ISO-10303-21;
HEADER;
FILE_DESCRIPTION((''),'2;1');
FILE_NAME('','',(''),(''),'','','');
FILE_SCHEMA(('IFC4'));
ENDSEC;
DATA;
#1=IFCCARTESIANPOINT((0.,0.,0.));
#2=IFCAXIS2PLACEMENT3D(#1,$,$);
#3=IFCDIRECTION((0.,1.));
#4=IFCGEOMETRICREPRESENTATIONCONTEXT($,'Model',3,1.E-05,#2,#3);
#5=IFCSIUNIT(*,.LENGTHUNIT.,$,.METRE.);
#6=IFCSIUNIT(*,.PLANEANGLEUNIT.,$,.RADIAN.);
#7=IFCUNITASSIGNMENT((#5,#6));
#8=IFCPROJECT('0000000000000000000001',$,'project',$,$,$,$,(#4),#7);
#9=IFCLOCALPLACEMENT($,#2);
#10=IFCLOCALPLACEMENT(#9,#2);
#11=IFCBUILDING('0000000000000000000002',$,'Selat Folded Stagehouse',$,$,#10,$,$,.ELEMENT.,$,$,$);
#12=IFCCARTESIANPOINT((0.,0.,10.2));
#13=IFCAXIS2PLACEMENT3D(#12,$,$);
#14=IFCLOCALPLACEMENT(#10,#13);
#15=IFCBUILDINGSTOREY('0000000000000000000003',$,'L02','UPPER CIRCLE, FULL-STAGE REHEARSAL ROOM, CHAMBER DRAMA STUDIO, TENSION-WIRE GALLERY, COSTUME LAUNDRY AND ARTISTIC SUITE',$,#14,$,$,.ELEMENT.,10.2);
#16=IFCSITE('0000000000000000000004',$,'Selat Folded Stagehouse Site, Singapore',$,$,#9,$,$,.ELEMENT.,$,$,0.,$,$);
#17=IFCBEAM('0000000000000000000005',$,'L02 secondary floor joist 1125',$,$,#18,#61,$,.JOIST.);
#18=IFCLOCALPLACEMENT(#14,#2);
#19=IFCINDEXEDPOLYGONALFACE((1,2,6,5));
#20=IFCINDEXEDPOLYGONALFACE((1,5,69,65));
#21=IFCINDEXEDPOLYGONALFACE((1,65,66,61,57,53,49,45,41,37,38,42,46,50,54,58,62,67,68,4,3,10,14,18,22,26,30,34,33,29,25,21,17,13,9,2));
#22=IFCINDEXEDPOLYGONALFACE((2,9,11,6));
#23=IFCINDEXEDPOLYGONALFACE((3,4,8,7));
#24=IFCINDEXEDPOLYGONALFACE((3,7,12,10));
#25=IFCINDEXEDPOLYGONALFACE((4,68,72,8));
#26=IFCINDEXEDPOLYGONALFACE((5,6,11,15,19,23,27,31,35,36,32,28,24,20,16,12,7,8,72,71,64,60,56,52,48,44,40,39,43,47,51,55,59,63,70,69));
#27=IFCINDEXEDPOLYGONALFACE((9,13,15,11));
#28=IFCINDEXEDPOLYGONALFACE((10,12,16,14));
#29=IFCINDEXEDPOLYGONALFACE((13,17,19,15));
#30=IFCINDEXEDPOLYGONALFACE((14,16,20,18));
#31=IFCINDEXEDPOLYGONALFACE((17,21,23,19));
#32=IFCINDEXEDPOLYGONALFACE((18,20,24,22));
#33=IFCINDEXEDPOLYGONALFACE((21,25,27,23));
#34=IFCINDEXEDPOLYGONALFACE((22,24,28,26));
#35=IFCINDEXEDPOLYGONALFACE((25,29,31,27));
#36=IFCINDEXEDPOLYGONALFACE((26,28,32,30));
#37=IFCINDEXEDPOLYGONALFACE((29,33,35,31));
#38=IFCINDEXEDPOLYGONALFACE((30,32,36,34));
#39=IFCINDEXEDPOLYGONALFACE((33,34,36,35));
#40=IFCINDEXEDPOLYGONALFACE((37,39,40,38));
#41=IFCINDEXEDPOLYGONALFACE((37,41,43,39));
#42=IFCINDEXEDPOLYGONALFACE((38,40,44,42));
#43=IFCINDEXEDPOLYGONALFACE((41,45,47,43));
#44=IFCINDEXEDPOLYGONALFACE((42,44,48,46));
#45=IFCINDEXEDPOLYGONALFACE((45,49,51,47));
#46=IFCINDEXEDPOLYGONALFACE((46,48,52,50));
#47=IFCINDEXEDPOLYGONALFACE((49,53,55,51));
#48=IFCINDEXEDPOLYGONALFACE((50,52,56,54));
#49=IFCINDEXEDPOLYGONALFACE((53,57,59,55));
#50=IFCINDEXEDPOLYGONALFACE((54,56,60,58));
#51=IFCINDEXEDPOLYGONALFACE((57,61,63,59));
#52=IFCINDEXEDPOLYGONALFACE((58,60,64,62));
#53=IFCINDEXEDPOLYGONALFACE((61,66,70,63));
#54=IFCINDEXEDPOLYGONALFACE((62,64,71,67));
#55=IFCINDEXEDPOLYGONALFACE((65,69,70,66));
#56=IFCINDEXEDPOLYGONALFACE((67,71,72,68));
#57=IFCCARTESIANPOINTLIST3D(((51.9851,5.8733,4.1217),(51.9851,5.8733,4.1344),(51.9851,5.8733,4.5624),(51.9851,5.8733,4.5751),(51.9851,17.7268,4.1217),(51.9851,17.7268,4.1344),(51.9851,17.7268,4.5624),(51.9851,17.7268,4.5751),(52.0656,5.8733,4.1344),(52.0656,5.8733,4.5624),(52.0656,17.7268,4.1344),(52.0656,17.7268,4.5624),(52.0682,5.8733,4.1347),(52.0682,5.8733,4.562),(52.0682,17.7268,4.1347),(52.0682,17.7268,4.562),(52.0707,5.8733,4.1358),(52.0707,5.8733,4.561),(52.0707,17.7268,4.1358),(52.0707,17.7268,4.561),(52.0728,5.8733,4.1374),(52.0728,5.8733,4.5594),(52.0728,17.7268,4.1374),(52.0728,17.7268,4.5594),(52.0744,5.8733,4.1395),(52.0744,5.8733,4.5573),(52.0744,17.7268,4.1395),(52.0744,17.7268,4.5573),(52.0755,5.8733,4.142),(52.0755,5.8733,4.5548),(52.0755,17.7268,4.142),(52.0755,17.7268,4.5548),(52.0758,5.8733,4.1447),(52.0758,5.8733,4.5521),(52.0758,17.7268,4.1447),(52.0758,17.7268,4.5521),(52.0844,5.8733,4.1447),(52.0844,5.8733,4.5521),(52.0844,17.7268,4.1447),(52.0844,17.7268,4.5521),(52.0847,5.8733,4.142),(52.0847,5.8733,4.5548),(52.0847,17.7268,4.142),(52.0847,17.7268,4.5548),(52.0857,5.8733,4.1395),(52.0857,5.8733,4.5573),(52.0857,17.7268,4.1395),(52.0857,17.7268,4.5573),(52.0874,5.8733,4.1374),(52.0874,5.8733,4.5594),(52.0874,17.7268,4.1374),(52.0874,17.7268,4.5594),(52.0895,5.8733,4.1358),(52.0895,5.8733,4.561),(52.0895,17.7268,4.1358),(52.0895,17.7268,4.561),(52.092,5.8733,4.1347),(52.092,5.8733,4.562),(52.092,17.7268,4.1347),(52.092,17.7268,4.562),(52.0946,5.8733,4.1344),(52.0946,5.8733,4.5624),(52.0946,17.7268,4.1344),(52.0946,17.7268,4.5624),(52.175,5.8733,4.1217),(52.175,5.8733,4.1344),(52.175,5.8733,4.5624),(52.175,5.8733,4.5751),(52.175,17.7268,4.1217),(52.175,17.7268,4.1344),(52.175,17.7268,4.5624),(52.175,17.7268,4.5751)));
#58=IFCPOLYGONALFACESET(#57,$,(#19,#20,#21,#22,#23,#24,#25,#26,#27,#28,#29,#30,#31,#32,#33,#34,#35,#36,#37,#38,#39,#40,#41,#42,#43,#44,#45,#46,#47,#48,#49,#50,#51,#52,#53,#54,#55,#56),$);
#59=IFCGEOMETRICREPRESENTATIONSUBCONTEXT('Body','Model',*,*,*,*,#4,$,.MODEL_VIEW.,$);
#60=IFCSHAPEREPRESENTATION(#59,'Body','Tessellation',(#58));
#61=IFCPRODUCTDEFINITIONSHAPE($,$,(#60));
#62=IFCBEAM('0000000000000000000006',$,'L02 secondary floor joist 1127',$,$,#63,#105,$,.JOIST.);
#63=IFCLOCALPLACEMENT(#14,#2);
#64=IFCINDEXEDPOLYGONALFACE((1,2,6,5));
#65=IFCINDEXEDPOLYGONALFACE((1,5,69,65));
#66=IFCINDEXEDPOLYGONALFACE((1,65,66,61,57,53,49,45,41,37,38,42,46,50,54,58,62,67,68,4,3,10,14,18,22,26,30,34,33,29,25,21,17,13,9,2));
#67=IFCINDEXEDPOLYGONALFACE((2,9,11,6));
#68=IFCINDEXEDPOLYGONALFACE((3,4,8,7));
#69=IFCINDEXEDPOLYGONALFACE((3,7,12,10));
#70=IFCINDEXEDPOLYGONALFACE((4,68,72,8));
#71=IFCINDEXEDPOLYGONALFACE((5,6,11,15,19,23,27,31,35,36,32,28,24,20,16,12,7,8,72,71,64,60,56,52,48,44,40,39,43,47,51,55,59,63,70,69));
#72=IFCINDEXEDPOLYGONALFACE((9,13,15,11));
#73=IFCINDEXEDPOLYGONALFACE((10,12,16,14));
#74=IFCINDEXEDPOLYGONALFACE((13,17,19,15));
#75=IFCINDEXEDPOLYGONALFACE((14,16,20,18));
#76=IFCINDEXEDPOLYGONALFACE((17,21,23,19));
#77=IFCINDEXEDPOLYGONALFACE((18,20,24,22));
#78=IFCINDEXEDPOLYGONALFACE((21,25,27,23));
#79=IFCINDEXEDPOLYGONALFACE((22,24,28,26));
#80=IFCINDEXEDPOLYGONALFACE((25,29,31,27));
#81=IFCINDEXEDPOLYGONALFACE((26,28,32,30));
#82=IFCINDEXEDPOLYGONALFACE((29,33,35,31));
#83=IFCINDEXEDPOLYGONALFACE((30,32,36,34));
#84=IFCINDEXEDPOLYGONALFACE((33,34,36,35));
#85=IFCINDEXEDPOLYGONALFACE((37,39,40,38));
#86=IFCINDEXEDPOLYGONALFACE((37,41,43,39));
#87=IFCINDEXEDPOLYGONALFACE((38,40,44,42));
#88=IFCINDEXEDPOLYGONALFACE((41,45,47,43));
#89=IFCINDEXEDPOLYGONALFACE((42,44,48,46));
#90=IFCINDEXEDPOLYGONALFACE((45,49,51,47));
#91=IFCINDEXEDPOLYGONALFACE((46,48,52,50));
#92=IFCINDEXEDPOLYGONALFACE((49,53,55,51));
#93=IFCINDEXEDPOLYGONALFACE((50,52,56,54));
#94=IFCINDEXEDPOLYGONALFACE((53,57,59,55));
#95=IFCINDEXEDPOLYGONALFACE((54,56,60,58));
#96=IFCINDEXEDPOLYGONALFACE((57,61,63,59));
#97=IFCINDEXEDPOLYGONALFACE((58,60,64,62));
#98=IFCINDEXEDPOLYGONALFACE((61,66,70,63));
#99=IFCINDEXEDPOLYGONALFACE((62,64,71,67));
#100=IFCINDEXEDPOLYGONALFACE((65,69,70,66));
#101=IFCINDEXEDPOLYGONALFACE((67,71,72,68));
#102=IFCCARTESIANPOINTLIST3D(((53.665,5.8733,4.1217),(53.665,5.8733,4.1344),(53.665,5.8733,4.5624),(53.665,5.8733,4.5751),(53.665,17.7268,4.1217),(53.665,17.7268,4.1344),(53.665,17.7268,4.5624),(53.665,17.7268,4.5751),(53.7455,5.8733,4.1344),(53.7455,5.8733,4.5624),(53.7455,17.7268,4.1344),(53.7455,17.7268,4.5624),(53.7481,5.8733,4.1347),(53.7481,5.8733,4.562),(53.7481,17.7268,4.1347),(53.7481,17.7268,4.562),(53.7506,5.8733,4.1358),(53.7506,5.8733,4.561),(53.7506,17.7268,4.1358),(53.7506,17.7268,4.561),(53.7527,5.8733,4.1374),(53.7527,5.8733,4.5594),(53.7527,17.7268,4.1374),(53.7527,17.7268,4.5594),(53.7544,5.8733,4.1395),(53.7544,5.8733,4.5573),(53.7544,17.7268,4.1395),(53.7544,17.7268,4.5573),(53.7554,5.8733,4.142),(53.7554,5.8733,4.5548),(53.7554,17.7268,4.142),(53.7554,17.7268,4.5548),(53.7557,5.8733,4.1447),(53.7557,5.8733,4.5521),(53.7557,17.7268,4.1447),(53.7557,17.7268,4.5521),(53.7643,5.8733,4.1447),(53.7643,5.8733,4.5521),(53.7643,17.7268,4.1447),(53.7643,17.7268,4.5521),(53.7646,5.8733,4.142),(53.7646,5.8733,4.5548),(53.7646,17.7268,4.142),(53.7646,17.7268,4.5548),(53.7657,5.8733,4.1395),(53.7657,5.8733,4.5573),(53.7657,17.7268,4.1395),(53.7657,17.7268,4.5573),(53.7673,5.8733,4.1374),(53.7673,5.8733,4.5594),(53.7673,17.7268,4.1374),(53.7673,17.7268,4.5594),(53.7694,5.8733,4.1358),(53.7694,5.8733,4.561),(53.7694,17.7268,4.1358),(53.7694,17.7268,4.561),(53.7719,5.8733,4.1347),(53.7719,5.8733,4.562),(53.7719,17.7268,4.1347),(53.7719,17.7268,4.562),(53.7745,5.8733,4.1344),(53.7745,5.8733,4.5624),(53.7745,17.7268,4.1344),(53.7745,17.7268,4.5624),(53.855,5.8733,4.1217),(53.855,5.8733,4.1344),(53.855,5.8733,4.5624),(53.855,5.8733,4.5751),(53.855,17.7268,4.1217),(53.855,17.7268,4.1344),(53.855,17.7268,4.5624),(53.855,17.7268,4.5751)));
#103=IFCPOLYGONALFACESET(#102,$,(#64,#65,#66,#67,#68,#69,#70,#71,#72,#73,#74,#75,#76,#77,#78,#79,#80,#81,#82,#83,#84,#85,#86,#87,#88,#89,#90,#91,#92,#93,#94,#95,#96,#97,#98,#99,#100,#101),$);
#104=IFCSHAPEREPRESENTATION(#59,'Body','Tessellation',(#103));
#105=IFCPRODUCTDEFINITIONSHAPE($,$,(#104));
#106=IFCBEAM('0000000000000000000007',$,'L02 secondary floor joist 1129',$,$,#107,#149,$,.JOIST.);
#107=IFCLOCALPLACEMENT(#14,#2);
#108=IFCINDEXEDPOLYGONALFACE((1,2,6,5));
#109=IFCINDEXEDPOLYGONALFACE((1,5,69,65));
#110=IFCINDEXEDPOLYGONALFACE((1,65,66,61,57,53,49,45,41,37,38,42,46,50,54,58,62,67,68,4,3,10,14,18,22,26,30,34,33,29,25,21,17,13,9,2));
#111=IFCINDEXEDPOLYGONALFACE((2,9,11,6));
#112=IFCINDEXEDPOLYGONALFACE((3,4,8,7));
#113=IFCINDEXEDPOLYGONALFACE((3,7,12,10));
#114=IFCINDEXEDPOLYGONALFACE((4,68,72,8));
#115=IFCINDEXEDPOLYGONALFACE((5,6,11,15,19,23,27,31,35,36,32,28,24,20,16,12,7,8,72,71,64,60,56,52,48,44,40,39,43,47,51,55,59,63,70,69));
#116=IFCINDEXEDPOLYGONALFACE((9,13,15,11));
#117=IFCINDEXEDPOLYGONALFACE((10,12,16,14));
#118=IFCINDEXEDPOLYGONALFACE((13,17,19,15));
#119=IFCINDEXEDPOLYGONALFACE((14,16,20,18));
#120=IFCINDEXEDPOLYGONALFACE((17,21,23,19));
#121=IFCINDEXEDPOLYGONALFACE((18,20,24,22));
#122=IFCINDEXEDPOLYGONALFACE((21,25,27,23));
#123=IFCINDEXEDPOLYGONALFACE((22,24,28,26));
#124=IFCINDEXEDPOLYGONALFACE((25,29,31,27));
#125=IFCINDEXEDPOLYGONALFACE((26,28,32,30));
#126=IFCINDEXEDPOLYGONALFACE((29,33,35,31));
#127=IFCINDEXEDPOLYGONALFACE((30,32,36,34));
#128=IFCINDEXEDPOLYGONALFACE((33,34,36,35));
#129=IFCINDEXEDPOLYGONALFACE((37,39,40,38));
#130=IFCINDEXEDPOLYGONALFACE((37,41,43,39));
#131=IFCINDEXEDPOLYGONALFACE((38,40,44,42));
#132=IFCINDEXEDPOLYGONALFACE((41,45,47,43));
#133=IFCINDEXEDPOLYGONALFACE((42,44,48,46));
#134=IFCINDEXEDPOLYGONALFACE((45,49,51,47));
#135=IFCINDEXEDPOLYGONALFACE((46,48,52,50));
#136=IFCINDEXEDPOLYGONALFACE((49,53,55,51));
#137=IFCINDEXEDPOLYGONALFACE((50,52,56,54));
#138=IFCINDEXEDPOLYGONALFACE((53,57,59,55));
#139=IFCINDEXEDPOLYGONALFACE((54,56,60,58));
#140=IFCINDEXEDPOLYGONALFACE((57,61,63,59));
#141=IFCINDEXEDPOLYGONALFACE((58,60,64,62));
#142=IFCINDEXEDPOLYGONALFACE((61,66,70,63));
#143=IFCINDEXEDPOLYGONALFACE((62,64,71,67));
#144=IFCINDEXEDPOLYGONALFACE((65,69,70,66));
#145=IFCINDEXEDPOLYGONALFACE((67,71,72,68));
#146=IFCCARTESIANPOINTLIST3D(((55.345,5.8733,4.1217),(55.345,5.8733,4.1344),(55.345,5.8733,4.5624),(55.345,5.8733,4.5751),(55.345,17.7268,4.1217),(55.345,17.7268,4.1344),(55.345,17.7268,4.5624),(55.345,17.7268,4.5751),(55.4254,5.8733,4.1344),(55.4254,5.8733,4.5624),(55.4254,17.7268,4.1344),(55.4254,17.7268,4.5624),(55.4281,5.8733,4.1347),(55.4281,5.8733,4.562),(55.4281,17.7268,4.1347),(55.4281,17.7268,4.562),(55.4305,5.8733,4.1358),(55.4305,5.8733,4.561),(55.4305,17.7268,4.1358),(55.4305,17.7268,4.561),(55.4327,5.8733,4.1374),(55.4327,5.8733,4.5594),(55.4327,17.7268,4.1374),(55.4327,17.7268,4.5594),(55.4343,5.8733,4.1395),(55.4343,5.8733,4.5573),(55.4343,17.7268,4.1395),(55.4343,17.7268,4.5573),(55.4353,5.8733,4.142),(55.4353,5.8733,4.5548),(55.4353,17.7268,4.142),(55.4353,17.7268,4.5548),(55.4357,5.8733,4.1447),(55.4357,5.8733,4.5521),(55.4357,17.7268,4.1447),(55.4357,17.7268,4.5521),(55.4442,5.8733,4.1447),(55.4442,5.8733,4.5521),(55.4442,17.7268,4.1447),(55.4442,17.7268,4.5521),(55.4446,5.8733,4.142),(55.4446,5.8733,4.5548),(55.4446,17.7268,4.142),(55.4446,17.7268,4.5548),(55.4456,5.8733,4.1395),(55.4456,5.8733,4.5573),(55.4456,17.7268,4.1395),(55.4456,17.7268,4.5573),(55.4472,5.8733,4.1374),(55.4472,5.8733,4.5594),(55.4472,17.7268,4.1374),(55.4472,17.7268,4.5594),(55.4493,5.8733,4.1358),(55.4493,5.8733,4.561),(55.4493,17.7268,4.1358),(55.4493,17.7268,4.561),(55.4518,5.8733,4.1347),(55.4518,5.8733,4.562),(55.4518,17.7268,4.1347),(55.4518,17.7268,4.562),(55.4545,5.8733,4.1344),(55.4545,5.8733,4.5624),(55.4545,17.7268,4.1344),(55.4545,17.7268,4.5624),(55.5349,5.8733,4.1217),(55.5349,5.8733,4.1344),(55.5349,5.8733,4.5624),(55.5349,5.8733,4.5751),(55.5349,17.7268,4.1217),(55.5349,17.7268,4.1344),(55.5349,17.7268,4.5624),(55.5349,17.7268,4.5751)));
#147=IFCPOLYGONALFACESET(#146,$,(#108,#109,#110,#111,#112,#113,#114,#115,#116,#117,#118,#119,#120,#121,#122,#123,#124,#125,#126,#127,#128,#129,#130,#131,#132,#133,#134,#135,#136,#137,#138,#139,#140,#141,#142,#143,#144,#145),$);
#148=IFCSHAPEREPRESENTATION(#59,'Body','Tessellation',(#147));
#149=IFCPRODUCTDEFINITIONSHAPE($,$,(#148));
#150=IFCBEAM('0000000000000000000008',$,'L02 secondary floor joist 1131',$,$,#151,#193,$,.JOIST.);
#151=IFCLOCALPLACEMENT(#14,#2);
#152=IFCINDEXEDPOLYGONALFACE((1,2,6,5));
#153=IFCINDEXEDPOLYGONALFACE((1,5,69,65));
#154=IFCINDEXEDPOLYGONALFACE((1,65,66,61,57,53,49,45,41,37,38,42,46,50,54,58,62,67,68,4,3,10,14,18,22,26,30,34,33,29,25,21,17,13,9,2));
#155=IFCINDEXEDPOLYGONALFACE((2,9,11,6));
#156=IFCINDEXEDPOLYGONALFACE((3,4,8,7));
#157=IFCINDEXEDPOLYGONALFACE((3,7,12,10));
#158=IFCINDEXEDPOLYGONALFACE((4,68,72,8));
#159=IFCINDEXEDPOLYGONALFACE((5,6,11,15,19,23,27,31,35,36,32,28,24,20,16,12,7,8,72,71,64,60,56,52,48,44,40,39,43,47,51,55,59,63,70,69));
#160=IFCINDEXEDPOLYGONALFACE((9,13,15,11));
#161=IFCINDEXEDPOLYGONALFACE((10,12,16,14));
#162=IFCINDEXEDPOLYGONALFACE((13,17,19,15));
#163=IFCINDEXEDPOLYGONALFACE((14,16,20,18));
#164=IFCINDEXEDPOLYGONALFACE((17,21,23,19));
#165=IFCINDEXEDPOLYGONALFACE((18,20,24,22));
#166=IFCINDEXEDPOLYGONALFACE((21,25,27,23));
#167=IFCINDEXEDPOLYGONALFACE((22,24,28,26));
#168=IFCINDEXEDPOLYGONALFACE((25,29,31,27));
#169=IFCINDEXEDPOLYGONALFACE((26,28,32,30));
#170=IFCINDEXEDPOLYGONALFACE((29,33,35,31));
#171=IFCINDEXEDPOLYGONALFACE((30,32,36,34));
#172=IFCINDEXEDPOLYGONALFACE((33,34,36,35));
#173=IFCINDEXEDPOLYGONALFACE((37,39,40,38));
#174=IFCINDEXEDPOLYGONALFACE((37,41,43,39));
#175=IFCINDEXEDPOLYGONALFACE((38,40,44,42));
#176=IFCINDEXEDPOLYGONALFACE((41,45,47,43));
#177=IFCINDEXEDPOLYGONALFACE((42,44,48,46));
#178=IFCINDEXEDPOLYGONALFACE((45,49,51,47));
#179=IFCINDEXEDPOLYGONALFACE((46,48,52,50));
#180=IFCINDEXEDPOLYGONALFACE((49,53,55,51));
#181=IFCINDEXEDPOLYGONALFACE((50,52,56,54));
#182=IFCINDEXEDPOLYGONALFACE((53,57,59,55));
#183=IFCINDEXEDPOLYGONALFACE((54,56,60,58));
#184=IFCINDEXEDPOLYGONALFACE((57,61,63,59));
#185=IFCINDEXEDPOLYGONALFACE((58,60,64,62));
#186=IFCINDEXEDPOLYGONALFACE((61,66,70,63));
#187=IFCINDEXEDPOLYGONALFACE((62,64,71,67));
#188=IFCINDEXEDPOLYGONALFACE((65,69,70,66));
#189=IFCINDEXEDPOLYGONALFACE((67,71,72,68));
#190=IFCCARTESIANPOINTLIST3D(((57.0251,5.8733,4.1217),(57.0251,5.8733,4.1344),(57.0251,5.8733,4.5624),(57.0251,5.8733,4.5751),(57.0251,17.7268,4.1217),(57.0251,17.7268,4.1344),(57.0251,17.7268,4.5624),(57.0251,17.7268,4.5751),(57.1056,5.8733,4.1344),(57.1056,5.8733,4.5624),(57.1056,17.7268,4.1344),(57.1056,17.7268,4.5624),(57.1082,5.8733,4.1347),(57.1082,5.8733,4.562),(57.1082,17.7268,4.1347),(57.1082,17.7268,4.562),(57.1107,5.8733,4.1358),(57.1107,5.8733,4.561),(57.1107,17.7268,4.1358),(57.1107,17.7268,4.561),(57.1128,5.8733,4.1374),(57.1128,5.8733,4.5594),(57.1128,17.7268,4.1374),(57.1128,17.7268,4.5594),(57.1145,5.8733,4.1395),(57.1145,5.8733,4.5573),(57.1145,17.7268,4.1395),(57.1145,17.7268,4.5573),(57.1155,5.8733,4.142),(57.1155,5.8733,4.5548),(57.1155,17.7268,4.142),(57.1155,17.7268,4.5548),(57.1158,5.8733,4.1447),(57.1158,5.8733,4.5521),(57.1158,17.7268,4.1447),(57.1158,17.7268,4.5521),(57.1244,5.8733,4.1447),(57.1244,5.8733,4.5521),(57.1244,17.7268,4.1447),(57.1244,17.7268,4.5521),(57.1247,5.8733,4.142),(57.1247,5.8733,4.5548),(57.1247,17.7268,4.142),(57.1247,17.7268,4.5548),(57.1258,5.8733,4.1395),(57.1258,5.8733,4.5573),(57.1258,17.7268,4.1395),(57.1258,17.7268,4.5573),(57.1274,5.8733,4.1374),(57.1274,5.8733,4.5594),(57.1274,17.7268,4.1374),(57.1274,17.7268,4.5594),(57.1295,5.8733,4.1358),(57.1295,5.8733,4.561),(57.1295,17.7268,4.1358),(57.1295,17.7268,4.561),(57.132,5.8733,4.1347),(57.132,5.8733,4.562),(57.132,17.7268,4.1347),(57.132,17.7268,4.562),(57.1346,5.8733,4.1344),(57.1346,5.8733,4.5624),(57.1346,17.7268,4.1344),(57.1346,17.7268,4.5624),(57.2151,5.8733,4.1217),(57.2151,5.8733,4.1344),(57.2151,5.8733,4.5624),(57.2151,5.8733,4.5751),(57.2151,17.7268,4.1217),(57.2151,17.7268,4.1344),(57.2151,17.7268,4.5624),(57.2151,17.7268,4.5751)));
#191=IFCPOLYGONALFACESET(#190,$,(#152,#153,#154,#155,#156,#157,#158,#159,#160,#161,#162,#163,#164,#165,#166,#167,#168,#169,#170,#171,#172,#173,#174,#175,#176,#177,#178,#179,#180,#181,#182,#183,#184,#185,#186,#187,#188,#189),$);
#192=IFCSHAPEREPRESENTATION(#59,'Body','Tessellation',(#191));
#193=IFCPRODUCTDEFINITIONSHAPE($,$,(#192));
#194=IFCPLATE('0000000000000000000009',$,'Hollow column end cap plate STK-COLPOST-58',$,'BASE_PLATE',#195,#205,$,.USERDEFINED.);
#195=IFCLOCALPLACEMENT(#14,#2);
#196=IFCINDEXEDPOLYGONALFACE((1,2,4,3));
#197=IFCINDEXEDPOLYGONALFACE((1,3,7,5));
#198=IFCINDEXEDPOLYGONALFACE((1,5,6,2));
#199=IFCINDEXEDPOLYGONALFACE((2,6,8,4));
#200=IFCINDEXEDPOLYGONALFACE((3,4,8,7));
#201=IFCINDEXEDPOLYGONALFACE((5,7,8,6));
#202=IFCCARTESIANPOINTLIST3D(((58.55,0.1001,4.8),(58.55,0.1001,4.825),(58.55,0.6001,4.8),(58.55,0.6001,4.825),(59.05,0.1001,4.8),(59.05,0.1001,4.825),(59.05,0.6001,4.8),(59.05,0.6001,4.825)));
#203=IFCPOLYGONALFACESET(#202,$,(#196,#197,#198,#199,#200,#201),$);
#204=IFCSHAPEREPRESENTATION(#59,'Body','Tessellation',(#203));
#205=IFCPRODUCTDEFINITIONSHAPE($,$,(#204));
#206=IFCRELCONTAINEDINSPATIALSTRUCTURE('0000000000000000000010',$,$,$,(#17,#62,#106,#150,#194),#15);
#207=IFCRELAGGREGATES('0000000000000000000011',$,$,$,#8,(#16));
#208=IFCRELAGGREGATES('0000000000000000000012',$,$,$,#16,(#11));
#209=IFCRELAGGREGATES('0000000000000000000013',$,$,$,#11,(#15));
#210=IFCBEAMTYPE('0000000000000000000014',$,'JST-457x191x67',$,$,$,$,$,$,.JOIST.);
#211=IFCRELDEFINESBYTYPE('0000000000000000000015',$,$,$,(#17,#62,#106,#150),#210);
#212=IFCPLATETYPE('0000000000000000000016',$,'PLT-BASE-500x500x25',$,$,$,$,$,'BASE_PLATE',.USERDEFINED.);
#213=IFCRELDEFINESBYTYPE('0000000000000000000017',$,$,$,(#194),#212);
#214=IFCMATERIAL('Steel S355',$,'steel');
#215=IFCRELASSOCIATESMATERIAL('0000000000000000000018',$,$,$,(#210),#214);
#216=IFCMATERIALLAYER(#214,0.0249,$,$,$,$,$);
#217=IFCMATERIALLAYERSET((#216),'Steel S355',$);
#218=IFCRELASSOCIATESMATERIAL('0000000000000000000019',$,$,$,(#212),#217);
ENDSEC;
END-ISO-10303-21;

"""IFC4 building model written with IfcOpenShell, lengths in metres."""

from ifc_helpers import new_model, si_unit, direction, frame, origin, origin_2d, place, context, subcontext, project, spatial, rectangle, i_section, extrude, material, layer, layer_set, material_profile, profile_set, type_object, element, save


model = new_model("IFC4")

# Units and contexts
model_context = context("Model", 3, precision=1e-05, world=origin(), true_north=direction((0.0, 1.0)))
body_context = subcontext(model_context, "Body", "Model", "MODEL_VIEW")
ifc_project = project(units=[si_unit("LENGTHUNIT", "METRE"), si_unit("PLANEANGLEUNIT", "RADIAN")], contexts=[model_context])

# Site, building, storey
site_placement = place(None, origin())
site = spatial("IfcSite", under=ifc_project, at=site_placement, Name="Selat Folded Stagehouse Site, Singapore", CompositionType="ELEMENT", RefElevation=0.0)
building_placement = place(site_placement, origin())
building = spatial("IfcBuilding", under=site, at=building_placement, Name="Selat Folded Stagehouse", CompositionType="ELEMENT")
storey_placement = place(building_placement, frame((0.0, 0.0, 10.2)))
storey = spatial("IfcBuildingStorey", under=building, at=storey_placement, Name="L02", Description="UPPER CIRCLE, FULL-STAGE REHEARSAL ROOM, CHAMBER DRAMA STUDIO, TENSION-WIRE GALLERY, COSTUME LAUNDRY AND ARTISTIC SUITE", CompositionType="ELEMENT", Elevation=10.2)

# Shared definitions
ifc_material_1 = material(Name="Steel S355", Category="steel")

# Beams
ifc_material_profile_1 = material_profile(ifc_material_1, i_section(OverallWidth=0.1899, OverallDepth=0.4534, WebThickness=0.0085, FlangeThickness=0.0127, FilletRadius=0.0103, at=origin_2d()), Name="UKB 457x191x67")
ifc_profile_set_1 = profile_set([ifc_material_profile_1], Name="Steel S355")
beam_type_1 = type_object("IfcBeamType", Name="JST-457x191x67", PredefinedType="JOIST", material=ifc_profile_set_1)
for number, where, z_axis, x_axis, name in (
    (1, (52.0801, 5.8733, 4.3484), (0.0, 1.0, 0.0), (-1.0, 0.0, 0.0), "L02 secondary floor joist 1125"),
    (2, (53.76, 5.8733, 4.3484), (0.0, 1.0, 0.0), (-1.0, 0.0, 0.0), "L02 secondary floor joist 1127"),
    (3, (55.4399, 5.8733, 4.3484), (0.0, 1.0, 0.0), (-1.0, 0.0, 0.0), "L02 secondary floor joist 1129"),
    (4, (57.1201, 5.8733, 4.3484), (0.0, 1.0, 0.0), (-1.0, 0.0, 0.0), "L02 secondary floor joist 1131"),
):
    element("IfcBeam", number, at=place(storey_placement, frame(where, z_axis=z_axis, x_axis=x_axis)), inside=storey, type_object=beam_type_1, Name=name, PredefinedType="JOIST", context=body_context, shape_type="SweptSolid", body=[
        extrude(i_section(OverallWidth=0.1899, OverallDepth=0.4534, WebThickness=0.0085, FlangeThickness=0.0127, FilletRadius=0.0103, at=origin_2d()), origin(), (0.0, 0.0, 1.0), 11.8535),
    ])

# Plate
ifc_layer_1 = layer(ifc_material_1, 0.0249)
ifc_layer_set_1 = layer_set([ifc_layer_1], Name="Steel S355")
plate_type = type_object("IfcPlateType", Name="PLT-BASE-500x500x25", ElementType="BASE_PLATE", PredefinedType="USERDEFINED", material=ifc_layer_set_1)
plate_placement = place(storey_placement, frame((58.8, 0.3501, 4.8), z_axis=(0.0, 0.0, 1.0), x_axis=(1.0, 0.0, 0.0)))
element("IfcPlate", 5, at=plate_placement, inside=storey, type_object=plate_type, Name="Hollow column end cap plate STK-COLPOST-58", ObjectType="BASE_PLATE", PredefinedType="USERDEFINED", context=body_context, shape_type="SweptSolid", body=[
    extrude(rectangle(XDim=0.5, YDim=0.5, at=origin_2d()), origin(), (0.0, 0.0, 1.0), 0.0249),
])

save(model, "model.ifc")
